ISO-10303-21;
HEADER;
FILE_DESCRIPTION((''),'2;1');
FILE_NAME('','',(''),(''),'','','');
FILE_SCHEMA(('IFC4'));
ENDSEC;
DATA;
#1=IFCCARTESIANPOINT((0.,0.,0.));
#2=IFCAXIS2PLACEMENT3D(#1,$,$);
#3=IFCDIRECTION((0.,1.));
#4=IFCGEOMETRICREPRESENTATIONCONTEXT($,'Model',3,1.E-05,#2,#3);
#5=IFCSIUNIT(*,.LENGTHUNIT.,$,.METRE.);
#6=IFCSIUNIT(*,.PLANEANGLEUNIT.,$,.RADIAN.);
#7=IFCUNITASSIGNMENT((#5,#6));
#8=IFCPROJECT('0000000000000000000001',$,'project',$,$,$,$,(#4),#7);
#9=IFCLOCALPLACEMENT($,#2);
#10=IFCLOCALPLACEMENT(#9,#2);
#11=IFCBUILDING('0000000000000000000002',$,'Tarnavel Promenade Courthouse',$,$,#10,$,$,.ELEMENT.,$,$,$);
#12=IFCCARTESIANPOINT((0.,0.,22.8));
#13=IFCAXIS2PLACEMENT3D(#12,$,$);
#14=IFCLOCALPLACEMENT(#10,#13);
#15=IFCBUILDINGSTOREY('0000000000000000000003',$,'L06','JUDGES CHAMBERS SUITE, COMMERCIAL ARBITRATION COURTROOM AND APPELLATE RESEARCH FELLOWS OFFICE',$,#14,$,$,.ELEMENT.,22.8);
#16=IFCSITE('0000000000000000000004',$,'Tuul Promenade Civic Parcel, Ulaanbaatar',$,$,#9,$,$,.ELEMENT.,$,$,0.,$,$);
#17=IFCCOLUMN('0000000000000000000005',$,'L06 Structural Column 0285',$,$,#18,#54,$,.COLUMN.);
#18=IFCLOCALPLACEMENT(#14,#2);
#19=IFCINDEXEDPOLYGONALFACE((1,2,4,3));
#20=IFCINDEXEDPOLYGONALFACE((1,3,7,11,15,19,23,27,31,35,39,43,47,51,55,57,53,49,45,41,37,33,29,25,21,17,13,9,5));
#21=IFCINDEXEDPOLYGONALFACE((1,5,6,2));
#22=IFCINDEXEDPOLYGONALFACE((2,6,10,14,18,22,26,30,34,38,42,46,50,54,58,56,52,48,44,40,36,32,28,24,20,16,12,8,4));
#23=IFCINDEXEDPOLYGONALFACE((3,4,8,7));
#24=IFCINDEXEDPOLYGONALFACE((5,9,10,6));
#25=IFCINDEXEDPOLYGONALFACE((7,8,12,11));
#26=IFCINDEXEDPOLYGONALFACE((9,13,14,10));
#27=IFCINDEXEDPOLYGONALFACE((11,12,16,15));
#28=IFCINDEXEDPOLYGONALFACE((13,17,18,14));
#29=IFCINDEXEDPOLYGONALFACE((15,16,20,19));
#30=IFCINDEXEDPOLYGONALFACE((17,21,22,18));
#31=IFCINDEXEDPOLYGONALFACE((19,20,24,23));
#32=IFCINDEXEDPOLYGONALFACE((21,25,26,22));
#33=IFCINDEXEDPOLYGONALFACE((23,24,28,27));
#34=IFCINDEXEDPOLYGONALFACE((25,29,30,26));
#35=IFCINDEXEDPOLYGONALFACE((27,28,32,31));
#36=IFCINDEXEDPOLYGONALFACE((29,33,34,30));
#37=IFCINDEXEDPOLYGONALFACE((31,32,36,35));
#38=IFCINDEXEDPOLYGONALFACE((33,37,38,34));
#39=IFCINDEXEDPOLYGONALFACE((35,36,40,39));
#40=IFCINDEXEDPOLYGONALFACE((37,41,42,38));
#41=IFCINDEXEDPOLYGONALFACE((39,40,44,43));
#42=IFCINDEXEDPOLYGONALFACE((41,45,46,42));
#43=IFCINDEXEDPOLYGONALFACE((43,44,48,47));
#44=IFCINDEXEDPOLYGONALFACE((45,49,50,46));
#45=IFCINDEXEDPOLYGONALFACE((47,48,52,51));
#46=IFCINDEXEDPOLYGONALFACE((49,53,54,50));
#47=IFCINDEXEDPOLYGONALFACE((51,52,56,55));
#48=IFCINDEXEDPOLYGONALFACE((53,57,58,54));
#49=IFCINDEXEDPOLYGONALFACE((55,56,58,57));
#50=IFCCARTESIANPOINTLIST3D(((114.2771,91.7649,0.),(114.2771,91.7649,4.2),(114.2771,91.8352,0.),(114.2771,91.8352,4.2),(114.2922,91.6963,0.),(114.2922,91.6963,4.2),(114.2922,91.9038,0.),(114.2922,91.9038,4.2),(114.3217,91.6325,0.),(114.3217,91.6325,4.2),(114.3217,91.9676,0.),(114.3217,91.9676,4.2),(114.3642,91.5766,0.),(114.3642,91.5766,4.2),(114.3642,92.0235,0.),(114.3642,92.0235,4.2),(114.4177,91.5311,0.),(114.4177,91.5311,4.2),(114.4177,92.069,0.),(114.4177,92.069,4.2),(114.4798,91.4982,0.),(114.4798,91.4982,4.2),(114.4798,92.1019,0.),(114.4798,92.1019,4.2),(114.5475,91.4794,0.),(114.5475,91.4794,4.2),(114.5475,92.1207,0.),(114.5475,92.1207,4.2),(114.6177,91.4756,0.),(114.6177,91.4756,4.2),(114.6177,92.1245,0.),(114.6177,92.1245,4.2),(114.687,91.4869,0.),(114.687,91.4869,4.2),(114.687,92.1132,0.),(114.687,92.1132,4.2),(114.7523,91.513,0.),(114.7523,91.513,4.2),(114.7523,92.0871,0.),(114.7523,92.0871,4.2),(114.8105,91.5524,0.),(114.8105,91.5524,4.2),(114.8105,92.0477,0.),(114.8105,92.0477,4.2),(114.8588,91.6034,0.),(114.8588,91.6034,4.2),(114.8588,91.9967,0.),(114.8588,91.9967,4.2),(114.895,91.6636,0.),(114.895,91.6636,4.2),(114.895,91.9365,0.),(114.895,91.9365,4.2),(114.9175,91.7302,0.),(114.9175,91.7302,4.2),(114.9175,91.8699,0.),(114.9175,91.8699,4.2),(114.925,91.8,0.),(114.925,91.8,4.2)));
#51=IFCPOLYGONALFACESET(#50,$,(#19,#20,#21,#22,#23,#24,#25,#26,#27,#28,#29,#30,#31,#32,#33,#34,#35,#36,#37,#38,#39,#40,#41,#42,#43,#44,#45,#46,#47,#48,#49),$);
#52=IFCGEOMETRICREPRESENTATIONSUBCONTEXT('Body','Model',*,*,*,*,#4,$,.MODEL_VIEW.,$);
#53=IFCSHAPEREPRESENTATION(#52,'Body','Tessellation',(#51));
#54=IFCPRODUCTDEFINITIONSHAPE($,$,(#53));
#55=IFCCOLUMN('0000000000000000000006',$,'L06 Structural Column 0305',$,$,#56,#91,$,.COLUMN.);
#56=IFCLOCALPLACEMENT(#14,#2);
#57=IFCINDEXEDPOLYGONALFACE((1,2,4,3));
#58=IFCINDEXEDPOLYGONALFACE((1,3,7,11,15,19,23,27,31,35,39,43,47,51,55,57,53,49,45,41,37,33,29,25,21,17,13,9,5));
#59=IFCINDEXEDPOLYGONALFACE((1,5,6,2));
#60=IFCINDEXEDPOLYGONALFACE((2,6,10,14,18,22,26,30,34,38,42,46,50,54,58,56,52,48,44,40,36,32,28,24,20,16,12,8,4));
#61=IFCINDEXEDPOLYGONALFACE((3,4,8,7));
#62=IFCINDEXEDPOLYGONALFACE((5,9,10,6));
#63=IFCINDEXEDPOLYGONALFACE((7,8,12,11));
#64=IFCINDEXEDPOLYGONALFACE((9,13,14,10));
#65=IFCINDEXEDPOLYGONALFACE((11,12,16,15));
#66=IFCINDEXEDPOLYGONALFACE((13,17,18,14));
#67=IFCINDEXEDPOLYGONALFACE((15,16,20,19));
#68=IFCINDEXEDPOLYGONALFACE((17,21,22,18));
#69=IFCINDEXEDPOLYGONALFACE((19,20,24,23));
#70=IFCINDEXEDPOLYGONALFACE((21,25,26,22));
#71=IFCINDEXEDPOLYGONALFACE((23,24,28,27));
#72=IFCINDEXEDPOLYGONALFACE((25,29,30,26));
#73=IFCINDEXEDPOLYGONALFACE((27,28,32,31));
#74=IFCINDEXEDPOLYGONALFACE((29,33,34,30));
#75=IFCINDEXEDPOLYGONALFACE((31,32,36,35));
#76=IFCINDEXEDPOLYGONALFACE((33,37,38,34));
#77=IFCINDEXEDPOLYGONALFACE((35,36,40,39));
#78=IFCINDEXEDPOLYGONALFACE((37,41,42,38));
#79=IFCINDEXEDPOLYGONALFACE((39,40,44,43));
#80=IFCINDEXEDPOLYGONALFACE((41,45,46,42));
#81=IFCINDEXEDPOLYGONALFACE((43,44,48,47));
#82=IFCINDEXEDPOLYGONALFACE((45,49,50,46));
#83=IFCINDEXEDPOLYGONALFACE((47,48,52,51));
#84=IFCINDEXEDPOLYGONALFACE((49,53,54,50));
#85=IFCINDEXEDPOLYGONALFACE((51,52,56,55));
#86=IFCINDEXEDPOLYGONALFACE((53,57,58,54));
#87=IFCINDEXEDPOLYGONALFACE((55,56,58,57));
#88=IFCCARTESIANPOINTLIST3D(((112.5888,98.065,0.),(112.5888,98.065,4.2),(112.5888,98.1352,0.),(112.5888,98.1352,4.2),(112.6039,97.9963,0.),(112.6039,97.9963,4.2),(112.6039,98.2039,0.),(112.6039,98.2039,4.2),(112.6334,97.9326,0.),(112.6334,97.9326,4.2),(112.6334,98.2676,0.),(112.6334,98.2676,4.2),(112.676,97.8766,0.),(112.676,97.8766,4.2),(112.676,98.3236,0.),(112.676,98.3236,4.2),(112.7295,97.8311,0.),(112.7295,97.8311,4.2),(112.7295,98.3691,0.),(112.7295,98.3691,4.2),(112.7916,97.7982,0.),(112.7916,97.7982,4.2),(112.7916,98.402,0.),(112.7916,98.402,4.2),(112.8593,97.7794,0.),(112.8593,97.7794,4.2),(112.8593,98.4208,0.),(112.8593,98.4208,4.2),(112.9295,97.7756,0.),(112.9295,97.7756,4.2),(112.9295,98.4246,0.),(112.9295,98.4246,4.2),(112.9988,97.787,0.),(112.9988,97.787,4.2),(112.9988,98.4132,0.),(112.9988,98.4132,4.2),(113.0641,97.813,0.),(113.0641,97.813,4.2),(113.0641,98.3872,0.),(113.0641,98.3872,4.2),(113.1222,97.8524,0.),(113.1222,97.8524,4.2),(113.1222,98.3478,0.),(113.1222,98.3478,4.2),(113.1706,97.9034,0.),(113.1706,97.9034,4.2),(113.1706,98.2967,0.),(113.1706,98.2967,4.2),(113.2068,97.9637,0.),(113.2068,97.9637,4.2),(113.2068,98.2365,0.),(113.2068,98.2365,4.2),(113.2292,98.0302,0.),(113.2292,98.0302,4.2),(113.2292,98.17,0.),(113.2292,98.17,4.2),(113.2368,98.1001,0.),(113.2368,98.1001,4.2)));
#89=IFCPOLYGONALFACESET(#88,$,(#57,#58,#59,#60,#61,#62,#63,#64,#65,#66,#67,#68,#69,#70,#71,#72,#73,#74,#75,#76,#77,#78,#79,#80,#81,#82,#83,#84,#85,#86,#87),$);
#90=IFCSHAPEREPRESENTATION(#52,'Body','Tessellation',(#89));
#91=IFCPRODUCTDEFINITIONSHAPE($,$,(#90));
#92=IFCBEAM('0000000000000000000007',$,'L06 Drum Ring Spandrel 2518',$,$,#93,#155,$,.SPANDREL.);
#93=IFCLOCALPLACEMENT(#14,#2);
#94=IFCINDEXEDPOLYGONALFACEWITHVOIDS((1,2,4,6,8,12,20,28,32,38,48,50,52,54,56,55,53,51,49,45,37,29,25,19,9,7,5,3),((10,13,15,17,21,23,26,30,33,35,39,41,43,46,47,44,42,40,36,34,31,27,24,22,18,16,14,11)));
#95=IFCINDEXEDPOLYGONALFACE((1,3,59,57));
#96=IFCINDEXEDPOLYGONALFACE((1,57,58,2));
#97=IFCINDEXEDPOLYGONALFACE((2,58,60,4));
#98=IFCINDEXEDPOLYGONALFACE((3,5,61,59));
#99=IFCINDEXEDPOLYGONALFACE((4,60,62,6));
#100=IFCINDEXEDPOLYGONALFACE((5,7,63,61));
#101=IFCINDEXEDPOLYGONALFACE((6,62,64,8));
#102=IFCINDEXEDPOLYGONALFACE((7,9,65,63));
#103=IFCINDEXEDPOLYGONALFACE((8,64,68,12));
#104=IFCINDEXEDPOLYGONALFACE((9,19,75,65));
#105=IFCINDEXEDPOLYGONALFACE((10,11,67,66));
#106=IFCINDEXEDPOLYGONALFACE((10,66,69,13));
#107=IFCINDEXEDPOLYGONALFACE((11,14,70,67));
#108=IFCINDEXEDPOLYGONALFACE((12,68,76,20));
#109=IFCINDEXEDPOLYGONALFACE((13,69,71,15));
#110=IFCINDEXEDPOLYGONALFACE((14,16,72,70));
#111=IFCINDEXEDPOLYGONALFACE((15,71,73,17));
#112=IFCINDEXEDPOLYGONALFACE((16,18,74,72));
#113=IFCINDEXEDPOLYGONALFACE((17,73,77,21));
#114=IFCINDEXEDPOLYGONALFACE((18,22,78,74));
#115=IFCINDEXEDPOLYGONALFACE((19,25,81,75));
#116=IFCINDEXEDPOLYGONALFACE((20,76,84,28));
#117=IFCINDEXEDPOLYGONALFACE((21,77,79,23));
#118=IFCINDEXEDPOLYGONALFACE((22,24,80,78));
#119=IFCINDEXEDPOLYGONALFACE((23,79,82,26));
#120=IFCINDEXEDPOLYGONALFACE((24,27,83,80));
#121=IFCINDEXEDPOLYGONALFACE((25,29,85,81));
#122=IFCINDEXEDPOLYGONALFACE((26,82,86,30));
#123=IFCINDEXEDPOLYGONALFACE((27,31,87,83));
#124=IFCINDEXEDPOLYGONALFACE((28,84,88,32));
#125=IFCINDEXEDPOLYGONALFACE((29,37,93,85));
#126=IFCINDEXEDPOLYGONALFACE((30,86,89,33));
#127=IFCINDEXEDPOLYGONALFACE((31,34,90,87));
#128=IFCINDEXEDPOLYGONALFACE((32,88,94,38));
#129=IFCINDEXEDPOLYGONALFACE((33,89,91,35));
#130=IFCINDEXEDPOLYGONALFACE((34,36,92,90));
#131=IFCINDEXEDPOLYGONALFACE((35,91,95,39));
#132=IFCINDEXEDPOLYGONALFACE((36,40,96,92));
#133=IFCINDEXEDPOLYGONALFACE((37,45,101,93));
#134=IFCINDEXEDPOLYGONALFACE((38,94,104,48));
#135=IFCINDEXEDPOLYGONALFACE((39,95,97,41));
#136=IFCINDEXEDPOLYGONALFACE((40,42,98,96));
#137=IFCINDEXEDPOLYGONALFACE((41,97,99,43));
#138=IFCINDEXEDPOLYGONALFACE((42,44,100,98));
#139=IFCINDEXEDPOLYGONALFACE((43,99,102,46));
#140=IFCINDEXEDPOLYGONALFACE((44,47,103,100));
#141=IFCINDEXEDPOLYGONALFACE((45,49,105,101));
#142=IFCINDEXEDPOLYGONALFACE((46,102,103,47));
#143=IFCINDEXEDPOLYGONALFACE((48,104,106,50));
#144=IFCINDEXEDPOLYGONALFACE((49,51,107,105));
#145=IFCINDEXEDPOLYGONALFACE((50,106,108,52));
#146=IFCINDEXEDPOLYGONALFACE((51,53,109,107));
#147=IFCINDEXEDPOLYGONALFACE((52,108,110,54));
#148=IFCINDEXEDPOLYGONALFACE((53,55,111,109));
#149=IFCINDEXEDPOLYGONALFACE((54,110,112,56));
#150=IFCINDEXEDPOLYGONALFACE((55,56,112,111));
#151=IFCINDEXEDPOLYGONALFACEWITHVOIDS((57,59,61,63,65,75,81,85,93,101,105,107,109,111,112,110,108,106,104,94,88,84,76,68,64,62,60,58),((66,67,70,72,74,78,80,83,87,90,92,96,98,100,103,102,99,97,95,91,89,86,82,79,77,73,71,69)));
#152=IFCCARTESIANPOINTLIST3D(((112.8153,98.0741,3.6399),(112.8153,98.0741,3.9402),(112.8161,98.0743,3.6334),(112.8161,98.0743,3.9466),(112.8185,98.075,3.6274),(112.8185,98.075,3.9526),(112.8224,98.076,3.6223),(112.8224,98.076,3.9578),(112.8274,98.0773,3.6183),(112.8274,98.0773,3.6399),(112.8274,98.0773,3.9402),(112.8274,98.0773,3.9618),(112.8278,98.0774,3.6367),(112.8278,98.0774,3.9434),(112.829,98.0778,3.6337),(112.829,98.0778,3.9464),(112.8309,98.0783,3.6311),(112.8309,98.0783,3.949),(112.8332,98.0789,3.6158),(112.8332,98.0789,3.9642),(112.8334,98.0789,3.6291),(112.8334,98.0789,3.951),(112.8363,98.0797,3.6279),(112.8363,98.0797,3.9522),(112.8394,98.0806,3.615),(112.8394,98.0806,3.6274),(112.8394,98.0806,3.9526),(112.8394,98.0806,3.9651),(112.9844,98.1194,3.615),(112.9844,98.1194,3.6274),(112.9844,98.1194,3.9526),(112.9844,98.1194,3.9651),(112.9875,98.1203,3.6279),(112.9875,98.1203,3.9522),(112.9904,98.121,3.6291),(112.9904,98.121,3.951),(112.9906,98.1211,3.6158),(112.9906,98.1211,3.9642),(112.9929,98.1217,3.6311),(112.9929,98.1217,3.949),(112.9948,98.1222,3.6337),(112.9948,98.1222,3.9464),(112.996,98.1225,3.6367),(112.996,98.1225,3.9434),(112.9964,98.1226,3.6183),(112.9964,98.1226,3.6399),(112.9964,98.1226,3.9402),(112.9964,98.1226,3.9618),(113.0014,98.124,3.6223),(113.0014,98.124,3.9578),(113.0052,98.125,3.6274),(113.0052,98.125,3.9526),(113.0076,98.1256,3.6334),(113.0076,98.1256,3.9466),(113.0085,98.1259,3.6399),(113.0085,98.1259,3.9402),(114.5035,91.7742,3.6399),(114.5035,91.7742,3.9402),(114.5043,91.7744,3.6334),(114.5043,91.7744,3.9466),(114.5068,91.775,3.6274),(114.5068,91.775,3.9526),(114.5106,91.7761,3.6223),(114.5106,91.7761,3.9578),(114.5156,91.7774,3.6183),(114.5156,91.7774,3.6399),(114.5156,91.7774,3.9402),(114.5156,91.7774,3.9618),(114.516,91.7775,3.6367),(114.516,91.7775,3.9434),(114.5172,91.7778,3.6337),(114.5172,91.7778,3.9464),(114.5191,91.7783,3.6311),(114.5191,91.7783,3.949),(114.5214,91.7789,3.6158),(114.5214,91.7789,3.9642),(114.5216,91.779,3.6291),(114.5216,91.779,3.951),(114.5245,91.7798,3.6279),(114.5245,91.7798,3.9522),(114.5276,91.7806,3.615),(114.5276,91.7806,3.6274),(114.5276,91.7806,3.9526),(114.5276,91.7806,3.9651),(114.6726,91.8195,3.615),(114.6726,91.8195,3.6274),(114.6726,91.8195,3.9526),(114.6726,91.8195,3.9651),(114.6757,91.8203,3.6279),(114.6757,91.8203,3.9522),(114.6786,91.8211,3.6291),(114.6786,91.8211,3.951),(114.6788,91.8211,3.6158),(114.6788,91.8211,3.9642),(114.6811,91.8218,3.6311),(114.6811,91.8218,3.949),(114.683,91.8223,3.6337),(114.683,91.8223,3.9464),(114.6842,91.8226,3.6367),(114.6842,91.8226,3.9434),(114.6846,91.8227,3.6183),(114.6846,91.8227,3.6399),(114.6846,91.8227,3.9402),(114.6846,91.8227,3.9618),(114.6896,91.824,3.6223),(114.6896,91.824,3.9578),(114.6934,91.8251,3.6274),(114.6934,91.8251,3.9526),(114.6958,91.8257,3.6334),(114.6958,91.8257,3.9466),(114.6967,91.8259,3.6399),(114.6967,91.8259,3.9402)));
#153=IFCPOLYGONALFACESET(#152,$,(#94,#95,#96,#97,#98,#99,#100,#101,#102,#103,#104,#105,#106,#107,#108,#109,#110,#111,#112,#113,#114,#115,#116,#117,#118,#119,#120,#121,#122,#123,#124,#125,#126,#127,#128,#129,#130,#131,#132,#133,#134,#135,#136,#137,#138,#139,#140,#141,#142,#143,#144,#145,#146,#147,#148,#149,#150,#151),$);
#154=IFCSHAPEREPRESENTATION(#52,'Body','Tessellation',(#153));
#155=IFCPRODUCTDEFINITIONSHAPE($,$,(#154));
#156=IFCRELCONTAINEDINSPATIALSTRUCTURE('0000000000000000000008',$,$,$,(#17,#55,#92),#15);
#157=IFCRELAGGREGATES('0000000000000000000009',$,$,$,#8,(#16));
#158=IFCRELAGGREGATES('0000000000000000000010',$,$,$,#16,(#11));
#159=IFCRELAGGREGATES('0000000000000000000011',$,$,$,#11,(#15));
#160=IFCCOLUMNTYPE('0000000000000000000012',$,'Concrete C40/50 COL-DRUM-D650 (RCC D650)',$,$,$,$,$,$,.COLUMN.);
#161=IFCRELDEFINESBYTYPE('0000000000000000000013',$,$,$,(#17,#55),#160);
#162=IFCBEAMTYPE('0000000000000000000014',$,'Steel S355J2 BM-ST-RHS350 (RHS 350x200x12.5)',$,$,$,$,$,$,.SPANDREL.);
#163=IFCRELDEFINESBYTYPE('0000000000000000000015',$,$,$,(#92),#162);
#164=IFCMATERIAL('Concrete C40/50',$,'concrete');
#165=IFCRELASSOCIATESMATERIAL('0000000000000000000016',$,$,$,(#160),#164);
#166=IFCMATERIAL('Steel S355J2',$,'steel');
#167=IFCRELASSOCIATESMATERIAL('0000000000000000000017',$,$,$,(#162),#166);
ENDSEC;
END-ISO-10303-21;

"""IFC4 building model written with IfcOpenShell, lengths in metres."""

from ifc_helpers import new_model, si_unit, direction, frame, origin, origin_2d, place, context, subcontext, project, spatial, hollow_rectangle, circle, extrude, material, material_profile, profile_set, type_object, element, save


model = new_model("IFC4")

# Units and contexts
model_context = context("Model", 3, precision=1e-05, world=origin(), true_north=direction((0.0, 1.0)))
body_context = subcontext(model_context, "Body", "Model", "MODEL_VIEW")
ifc_project = project(units=[si_unit("LENGTHUNIT", "METRE"), si_unit("PLANEANGLEUNIT", "RADIAN")], contexts=[model_context])

# Site, building, storey
site_placement = place(None, origin())
site = spatial("IfcSite", under=ifc_project, at=site_placement, Name="Tuul Promenade Civic Parcel, Ulaanbaatar", CompositionType="ELEMENT", RefElevation=0.0)
building_placement = place(site_placement, origin())
building = spatial("IfcBuilding", under=site, at=building_placement, Name="Tarnavel Promenade Courthouse", CompositionType="ELEMENT")
storey_placement = place(building_placement, frame((0.0, 0.0, 22.8)))
storey = spatial("IfcBuildingStorey", under=building, at=storey_placement, Name="L06", Description="JUDGES CHAMBERS SUITE, COMMERCIAL ARBITRATION COURTROOM AND APPELLATE RESEARCH FELLOWS OFFICE", CompositionType="ELEMENT", Elevation=22.8)

# Columns
ifc_material_1 = material(Name="Concrete C40/50", Category="concrete")
ifc_material_profile_1 = material_profile(ifc_material_1, circle(Radius=0.325, at=origin_2d()), Name="RCC D650")
ifc_profile_set_1 = profile_set([ifc_material_profile_1], Name="Concrete C40/50")
column_type = type_object("IfcColumnType", Name="Concrete C40/50 COL-DRUM-D650 (RCC D650)", PredefinedType="COLUMN", material=ifc_profile_set_1)
for number, where, z_axis, x_axis, name in (
    (1, (114.6001, 91.8, 0.0), (0.0, 0.0, 1.0), (1.0, 0.0, 0.0), "L06 Structural Column 0285"),
    (2, (112.9119, 98.1001, 0.0), (0.0, 0.0, 1.0), (1.0, 0.0, 0.0), "L06 Structural Column 0305"),
):
    element("IfcColumn", number, at=place(storey_placement, frame(where, z_axis=z_axis, x_axis=x_axis)), inside=storey, type_object=column_type, Name=name, PredefinedType="COLUMN", context=body_context, shape_type="SweptSolid", body=[
        extrude(circle(Radius=0.325, at=origin_2d()), origin(), (0.0, 0.0, 1.0), 4.2),
    ])

# Beam
ifc_material_2 = material(Name="Steel S355J2", Category="steel")
ifc_material_profile_2 = material_profile(ifc_material_2, hollow_rectangle(XDim=0.2, YDim=0.3501, WallThickness=0.0125, InnerFilletRadius=0.0125, OuterFilletRadius=0.0249, at=origin_2d()), Name="RHS 350x200x12.5")
ifc_profile_set_2 = profile_set([ifc_material_profile_2], Name="Steel S355J2")
beam_type = type_object("IfcBeamType", Name="Steel S355J2 BM-ST-RHS350 (RHS 350x200x12.5)", PredefinedType="SPANDREL", material=ifc_profile_set_2)
beam_1_placement = place(storey_placement, frame((114.6001, 91.8, 3.79), z_axis=(-0.258839, 0.96592, 0.0), x_axis=(-0.96592, -0.258839, 0.0)))
element("IfcBeam", 3, at=beam_1_placement, inside=storey, type_object=beam_type, Name="L06 Drum Ring Spandrel 2518", PredefinedType="SPANDREL", context=body_context, shape_type="SweptSolid", body=[
    extrude(hollow_rectangle(XDim=0.2, YDim=0.3501, WallThickness=0.0125, InnerFilletRadius=0.0125, OuterFilletRadius=0.0249, at=origin_2d()), origin(), (0.0, 0.0, 1.0), 6.5222),
])

save(model, "model.ifc")
